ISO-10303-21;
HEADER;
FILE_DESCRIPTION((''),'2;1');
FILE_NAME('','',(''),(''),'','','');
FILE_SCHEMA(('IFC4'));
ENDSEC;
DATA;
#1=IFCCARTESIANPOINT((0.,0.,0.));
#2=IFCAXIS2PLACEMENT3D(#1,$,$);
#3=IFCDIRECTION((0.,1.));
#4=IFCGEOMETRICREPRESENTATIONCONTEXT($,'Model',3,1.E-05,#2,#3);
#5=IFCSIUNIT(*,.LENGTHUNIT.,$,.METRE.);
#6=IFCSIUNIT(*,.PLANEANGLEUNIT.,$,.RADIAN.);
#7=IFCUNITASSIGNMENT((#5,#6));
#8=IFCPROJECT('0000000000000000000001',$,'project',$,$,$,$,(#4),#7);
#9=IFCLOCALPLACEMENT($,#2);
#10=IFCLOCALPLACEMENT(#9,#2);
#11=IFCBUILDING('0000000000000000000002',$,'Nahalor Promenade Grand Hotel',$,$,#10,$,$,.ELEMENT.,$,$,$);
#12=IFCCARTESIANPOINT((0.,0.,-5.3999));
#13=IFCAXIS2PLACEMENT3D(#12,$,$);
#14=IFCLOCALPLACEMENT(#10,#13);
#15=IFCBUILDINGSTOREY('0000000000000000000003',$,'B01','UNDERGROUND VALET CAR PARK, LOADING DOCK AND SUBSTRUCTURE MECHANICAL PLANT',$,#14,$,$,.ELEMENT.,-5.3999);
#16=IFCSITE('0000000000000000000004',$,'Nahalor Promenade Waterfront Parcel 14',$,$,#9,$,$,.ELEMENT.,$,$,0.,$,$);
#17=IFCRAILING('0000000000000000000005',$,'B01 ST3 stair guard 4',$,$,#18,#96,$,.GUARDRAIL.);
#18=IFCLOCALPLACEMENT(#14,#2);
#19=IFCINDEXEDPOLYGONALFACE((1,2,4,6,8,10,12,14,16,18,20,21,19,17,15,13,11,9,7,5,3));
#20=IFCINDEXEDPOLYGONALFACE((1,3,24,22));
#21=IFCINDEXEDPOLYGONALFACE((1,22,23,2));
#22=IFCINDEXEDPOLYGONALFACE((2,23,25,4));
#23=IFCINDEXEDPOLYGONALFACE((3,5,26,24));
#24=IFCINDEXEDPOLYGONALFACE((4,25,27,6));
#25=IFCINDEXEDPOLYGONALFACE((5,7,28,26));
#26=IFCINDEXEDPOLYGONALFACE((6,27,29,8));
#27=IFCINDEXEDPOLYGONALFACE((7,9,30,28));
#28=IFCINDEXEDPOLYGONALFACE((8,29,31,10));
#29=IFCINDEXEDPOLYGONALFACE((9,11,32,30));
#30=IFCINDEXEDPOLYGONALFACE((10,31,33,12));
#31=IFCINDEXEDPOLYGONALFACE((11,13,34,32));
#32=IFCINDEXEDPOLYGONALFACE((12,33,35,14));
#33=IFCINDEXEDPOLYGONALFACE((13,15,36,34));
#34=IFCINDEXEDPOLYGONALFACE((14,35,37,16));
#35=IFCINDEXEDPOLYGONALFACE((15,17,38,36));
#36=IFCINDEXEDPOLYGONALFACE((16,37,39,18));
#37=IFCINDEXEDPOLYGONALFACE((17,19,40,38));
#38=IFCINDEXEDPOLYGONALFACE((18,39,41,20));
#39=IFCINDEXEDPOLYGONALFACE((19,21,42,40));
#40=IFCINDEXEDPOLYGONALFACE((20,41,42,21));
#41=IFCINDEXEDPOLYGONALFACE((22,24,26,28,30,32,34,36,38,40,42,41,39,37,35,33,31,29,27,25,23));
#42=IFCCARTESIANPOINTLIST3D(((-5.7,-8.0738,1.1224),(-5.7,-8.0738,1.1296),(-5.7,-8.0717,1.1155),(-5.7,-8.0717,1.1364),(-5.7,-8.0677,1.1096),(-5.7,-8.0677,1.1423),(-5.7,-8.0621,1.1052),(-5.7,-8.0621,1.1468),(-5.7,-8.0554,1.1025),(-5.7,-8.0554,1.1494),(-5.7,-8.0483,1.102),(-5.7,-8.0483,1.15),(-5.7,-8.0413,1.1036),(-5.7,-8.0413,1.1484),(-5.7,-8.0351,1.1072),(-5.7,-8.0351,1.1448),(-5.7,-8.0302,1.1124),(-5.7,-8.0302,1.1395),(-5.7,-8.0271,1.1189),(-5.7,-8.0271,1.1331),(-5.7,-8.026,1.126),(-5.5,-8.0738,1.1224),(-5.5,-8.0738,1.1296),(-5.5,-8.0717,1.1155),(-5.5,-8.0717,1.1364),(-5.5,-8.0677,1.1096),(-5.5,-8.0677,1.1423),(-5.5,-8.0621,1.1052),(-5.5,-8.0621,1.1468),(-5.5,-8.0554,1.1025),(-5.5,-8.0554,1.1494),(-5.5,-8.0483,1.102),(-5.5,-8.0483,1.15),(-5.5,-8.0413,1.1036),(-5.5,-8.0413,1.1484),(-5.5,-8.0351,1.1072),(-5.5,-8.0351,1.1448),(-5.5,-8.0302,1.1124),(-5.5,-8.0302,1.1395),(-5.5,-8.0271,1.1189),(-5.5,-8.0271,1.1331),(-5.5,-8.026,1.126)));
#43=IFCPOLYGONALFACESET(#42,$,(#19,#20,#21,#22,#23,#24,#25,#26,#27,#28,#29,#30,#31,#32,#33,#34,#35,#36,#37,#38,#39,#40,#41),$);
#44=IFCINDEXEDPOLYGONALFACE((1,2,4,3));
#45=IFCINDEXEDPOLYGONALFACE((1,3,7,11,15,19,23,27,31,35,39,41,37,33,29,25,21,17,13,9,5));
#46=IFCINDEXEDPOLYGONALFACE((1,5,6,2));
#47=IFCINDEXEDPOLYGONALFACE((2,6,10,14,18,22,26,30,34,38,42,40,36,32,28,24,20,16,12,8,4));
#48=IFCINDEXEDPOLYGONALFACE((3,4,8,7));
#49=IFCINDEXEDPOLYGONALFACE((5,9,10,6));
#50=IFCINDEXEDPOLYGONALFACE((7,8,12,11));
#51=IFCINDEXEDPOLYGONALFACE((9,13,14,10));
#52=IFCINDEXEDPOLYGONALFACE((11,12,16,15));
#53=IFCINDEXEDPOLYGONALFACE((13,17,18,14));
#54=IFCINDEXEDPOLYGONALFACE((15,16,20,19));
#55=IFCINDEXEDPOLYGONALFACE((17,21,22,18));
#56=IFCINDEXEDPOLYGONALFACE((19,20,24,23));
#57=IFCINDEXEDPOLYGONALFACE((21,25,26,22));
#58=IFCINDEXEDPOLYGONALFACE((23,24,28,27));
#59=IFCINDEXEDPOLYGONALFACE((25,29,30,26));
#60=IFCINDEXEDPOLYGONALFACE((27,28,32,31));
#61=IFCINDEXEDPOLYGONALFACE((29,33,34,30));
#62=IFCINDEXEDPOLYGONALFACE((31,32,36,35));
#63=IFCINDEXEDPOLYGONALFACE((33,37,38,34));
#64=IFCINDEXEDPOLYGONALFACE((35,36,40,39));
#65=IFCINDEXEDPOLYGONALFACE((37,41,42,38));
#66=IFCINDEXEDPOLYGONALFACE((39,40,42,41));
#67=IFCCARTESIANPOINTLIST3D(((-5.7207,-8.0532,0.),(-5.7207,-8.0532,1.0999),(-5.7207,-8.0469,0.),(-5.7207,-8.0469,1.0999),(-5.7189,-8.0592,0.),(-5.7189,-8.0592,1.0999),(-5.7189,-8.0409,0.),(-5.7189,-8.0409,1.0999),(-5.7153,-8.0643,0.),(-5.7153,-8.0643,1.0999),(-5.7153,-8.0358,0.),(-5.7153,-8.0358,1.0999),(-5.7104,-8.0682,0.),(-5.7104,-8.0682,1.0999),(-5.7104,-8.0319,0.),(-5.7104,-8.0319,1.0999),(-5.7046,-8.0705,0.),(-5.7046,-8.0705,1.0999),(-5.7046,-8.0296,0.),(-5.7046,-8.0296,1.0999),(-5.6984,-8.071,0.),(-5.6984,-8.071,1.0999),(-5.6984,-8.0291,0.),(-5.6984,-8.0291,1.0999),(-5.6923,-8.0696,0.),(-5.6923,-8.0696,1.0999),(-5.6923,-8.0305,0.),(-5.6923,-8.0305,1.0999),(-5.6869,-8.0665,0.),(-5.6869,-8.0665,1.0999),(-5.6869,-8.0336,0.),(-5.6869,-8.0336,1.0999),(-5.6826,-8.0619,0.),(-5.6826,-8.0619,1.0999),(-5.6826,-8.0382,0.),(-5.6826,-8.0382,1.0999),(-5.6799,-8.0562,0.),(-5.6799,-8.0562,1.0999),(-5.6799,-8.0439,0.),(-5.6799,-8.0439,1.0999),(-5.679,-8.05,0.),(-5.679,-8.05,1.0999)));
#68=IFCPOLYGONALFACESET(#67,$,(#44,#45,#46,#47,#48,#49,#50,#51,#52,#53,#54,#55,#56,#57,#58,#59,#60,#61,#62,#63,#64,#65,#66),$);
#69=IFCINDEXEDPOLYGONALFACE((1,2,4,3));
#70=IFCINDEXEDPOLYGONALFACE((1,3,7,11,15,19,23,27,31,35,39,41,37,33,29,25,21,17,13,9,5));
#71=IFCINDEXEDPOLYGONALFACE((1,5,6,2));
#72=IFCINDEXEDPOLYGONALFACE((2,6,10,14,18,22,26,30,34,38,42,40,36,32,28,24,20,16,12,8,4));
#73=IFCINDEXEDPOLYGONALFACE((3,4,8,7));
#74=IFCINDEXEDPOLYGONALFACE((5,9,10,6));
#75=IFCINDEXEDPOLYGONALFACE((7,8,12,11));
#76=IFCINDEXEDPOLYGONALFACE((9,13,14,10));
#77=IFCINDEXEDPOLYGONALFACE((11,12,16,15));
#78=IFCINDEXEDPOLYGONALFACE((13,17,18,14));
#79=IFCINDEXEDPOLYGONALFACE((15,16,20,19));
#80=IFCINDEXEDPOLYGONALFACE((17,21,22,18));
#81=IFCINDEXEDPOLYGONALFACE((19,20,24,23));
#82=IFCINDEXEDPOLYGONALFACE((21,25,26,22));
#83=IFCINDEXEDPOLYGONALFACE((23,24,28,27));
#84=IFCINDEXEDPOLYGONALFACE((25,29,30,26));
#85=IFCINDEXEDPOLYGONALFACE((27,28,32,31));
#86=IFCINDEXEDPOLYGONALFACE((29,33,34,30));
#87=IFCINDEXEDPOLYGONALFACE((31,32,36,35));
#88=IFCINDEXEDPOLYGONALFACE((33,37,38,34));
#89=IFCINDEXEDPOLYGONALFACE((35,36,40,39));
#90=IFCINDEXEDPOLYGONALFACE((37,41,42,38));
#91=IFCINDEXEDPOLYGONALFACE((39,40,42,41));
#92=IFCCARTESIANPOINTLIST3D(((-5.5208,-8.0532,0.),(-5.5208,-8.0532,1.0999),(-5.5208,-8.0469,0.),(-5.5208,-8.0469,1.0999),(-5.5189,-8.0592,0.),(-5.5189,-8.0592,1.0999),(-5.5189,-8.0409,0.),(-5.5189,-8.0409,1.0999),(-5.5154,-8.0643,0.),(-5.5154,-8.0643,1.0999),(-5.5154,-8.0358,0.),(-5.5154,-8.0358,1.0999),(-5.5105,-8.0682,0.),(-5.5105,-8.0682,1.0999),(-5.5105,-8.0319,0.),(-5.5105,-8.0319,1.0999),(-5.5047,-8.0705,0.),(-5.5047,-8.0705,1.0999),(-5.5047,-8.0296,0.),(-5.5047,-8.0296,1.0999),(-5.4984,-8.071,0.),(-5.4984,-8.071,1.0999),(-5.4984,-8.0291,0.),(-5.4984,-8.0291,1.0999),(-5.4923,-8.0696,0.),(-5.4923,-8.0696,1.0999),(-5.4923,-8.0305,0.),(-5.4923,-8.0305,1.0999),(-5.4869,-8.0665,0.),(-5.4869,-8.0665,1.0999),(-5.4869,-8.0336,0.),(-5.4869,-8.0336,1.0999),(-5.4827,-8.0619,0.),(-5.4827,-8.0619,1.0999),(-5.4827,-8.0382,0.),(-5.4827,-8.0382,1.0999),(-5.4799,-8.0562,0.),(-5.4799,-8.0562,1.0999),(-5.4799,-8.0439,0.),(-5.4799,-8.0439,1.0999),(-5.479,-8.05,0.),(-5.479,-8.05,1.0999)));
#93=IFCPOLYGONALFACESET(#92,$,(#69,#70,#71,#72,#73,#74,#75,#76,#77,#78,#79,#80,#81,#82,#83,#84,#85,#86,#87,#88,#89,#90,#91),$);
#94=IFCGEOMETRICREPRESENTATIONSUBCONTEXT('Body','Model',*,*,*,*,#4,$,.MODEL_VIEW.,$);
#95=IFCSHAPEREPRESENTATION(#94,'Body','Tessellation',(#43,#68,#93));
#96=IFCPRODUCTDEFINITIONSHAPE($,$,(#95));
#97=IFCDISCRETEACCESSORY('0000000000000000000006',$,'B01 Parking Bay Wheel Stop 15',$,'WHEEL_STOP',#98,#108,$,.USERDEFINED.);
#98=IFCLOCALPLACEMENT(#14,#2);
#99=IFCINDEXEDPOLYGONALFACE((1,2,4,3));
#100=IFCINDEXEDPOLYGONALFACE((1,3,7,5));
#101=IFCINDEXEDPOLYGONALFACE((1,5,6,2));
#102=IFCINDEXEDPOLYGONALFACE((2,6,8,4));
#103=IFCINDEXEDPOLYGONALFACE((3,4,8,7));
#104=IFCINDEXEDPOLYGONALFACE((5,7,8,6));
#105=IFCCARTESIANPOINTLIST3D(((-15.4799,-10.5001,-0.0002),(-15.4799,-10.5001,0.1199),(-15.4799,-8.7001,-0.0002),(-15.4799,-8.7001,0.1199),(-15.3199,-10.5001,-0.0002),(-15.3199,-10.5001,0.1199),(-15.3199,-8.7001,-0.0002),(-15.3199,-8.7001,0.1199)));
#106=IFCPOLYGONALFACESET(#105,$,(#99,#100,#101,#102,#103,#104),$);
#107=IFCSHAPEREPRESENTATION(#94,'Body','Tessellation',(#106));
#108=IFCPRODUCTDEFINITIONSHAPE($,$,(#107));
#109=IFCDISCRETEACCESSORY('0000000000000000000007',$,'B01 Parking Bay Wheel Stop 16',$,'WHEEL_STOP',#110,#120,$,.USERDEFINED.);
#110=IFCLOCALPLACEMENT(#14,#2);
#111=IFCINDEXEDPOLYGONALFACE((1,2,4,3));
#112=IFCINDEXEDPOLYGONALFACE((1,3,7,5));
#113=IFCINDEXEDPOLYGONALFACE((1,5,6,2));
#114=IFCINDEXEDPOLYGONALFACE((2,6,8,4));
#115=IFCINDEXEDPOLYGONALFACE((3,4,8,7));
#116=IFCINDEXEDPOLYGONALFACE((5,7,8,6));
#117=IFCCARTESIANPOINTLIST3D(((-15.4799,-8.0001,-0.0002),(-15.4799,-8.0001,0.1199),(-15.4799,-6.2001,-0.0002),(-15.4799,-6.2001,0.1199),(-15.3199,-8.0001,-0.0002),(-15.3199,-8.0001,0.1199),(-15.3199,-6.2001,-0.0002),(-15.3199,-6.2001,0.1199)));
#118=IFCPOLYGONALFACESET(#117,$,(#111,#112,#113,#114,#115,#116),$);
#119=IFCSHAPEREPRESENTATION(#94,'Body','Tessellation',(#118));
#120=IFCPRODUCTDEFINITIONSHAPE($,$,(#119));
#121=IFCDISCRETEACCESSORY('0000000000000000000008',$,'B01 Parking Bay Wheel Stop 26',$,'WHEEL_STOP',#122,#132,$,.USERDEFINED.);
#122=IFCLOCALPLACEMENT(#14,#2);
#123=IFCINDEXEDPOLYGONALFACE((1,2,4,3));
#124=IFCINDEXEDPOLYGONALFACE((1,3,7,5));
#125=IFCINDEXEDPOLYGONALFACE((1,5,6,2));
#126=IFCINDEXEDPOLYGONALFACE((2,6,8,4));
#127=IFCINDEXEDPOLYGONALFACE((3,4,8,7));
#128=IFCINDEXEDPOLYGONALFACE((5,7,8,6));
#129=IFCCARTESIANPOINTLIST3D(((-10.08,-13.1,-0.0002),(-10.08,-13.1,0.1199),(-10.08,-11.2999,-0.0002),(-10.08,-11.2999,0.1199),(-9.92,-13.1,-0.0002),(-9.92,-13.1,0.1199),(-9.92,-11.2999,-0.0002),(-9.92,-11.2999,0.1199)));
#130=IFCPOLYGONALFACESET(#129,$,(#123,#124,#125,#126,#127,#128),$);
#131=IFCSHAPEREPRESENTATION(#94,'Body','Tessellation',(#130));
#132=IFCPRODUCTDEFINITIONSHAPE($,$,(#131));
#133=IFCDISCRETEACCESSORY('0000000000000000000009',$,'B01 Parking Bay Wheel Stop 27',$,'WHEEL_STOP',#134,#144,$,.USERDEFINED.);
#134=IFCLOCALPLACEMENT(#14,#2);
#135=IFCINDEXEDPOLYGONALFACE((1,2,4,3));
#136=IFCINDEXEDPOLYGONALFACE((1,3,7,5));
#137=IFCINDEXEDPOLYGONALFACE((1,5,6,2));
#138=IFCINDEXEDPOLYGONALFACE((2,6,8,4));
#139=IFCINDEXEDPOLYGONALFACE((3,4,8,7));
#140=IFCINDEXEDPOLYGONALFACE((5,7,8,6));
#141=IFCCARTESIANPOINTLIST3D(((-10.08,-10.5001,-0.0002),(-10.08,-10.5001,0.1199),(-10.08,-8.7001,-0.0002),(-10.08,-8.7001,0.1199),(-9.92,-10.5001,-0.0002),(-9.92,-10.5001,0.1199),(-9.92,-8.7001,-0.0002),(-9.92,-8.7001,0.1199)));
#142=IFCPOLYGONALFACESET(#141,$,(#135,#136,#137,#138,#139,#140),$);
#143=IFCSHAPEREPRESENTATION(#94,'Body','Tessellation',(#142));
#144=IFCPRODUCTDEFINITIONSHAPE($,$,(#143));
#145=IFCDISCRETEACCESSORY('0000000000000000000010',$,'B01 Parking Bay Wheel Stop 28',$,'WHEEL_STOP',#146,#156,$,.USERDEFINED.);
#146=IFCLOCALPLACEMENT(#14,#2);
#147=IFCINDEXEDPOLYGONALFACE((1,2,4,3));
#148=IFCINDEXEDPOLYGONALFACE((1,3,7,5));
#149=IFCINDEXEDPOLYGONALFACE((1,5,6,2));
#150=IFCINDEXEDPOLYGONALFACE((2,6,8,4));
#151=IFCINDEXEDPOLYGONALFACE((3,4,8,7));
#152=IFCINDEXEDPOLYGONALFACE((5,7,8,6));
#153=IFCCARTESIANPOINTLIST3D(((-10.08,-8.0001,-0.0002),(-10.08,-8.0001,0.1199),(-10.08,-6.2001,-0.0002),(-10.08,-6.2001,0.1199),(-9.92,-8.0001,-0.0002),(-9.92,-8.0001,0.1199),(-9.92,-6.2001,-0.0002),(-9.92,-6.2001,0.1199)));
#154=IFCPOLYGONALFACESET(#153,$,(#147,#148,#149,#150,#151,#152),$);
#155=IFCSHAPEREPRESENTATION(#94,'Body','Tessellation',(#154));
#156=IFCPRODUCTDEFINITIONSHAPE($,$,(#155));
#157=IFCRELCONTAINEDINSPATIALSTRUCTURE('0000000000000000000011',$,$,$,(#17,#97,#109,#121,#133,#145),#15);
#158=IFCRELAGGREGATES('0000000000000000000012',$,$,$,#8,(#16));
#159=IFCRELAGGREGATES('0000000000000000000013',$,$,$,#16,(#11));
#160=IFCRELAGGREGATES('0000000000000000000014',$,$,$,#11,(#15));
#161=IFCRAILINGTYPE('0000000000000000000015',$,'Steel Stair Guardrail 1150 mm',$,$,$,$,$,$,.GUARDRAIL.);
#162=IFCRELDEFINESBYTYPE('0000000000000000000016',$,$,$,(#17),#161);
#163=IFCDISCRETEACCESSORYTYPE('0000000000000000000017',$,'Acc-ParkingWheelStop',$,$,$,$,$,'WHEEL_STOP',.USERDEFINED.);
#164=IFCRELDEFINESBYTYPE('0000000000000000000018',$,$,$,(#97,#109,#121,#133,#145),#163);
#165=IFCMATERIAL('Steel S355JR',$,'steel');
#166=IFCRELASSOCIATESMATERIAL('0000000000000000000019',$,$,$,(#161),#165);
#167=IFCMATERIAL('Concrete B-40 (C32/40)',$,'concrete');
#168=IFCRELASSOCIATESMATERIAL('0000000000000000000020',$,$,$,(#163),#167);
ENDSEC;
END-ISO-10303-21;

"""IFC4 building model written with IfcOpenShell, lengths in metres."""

from ifc_helpers import new_model, si_unit, direction, frame, origin, origin_2d, place, context, subcontext, project, spatial, rectangle, circle, extrude, source, transform, mapped, material, type_object, element, save


model = new_model("IFC4")

# Units and contexts
model_context = context("Model", 3, precision=1e-05, world=origin(), true_north=direction((0.0, 1.0)))
body_context = subcontext(model_context, "Body", "Model", "MODEL_VIEW")
ifc_project = project(units=[si_unit("LENGTHUNIT", "METRE"), si_unit("PLANEANGLEUNIT", "RADIAN")], contexts=[model_context])

# Site, building, storey
site_placement = place(None, origin())
site = spatial("IfcSite", under=ifc_project, at=site_placement, Name="Nahalor Promenade Waterfront Parcel 14", CompositionType="ELEMENT", RefElevation=0.0)
building_placement = place(site_placement, origin())
building = spatial("IfcBuilding", under=site, at=building_placement, Name="Nahalor Promenade Grand Hotel", CompositionType="ELEMENT")
storey_placement = place(building_placement, frame((0.0, 0.0, -5.3999)))
storey = spatial("IfcBuildingStorey", under=building, at=storey_placement, Name="B01", Description="UNDERGROUND VALET CAR PARK, LOADING DOCK AND SUBSTRUCTURE MECHANICAL PLANT", CompositionType="ELEMENT", Elevation=-5.3999)

# Shared definitions
ifc_material_1 = material(Name="Steel S355JR", Category="steel")

# Shared definitions
ifc_material_2 = material(Name="Concrete B-40 (C32/40)", Category="concrete")

# Railing
railing_type_1 = type_object("IfcRailingType", Name="Steel Stair Guardrail 1150 mm", PredefinedType="GUARDRAIL", material=ifc_material_1)
railing_1_placement = place(storey_placement, frame((-5.7, -8.05, 0.0)))
element("IfcRailing", 1, at=railing_1_placement, inside=storey, type_object=railing_type_1, Name="B01 ST3 stair guard 4", PredefinedType="GUARDRAIL", context=body_context, shape_type="SweptSolid", body=[
    extrude(circle(Radius=0.024, at=origin_2d()), frame((0.0, 0.0, 1.126), z_axis=(1.0, 0.0, 0.0), x_axis=(0.0, 1.0, 0.0)), (0.0, 0.0, 1.0), 0.2),
    extrude(circle(Radius=0.021, at=origin_2d()), origin(), (0.0, 0.0, 1.0), 1.0999),
    extrude(circle(Radius=0.021, at=origin_2d()), frame((0.2, 0.0, 0.0)), (0.0, 0.0, 1.0), 1.0999),
])

# Discrete accessories
discrete_accessory_type = type_object("IfcDiscreteAccessoryType", Name="Acc-ParkingWheelStop", ElementType="WHEEL_STOP", PredefinedType="USERDEFINED", material=ifc_material_2)
shared_shape_1 = source(origin(), body_context, "Body", "SweptSolid", [
    extrude(rectangle(XDim=1.8, YDim=0.1599, at=origin_2d()), origin(), (0.0, 0.0, 1.0), 0.1201),
])
for number, where, z_axis, x_axis, name in (
    (2, (-15.3999, -9.6001, -0.0002), (0.0, 0.0, 1.0), (0.0, 1.0, 0.0), "B01 Parking Bay Wheel Stop 15"),
    (3, (-15.3999, -7.1001, -0.0002), (0.0, 0.0, 1.0), (0.0, 1.0, 0.0), "B01 Parking Bay Wheel Stop 16"),
    (4, (-10.0, -12.2, -0.0002), (0.0, 0.0, 1.0), (0.0, 1.0, 0.0), "B01 Parking Bay Wheel Stop 26"),
    (5, (-10.0, -9.6001, -0.0002), (0.0, 0.0, 1.0), (0.0, 1.0, 0.0), "B01 Parking Bay Wheel Stop 27"),
    (6, (-10.0, -7.1001, -0.0002), (0.0, 0.0, 1.0), (0.0, 1.0, 0.0), "B01 Parking Bay Wheel Stop 28"),
):
    element("IfcDiscreteAccessory", number, at=place(storey_placement, frame(where, z_axis=z_axis, x_axis=x_axis)), inside=storey, type_object=discrete_accessory_type, Name=name, ObjectType="WHEEL_STOP", PredefinedType="USERDEFINED", context=body_context, shape_type="MappedRepresentation", body=[
        mapped(shared_shape_1, transform((0.0, 0.0, 0.0), scale=1.0)),
    ])

save(model, "model.ifc")
